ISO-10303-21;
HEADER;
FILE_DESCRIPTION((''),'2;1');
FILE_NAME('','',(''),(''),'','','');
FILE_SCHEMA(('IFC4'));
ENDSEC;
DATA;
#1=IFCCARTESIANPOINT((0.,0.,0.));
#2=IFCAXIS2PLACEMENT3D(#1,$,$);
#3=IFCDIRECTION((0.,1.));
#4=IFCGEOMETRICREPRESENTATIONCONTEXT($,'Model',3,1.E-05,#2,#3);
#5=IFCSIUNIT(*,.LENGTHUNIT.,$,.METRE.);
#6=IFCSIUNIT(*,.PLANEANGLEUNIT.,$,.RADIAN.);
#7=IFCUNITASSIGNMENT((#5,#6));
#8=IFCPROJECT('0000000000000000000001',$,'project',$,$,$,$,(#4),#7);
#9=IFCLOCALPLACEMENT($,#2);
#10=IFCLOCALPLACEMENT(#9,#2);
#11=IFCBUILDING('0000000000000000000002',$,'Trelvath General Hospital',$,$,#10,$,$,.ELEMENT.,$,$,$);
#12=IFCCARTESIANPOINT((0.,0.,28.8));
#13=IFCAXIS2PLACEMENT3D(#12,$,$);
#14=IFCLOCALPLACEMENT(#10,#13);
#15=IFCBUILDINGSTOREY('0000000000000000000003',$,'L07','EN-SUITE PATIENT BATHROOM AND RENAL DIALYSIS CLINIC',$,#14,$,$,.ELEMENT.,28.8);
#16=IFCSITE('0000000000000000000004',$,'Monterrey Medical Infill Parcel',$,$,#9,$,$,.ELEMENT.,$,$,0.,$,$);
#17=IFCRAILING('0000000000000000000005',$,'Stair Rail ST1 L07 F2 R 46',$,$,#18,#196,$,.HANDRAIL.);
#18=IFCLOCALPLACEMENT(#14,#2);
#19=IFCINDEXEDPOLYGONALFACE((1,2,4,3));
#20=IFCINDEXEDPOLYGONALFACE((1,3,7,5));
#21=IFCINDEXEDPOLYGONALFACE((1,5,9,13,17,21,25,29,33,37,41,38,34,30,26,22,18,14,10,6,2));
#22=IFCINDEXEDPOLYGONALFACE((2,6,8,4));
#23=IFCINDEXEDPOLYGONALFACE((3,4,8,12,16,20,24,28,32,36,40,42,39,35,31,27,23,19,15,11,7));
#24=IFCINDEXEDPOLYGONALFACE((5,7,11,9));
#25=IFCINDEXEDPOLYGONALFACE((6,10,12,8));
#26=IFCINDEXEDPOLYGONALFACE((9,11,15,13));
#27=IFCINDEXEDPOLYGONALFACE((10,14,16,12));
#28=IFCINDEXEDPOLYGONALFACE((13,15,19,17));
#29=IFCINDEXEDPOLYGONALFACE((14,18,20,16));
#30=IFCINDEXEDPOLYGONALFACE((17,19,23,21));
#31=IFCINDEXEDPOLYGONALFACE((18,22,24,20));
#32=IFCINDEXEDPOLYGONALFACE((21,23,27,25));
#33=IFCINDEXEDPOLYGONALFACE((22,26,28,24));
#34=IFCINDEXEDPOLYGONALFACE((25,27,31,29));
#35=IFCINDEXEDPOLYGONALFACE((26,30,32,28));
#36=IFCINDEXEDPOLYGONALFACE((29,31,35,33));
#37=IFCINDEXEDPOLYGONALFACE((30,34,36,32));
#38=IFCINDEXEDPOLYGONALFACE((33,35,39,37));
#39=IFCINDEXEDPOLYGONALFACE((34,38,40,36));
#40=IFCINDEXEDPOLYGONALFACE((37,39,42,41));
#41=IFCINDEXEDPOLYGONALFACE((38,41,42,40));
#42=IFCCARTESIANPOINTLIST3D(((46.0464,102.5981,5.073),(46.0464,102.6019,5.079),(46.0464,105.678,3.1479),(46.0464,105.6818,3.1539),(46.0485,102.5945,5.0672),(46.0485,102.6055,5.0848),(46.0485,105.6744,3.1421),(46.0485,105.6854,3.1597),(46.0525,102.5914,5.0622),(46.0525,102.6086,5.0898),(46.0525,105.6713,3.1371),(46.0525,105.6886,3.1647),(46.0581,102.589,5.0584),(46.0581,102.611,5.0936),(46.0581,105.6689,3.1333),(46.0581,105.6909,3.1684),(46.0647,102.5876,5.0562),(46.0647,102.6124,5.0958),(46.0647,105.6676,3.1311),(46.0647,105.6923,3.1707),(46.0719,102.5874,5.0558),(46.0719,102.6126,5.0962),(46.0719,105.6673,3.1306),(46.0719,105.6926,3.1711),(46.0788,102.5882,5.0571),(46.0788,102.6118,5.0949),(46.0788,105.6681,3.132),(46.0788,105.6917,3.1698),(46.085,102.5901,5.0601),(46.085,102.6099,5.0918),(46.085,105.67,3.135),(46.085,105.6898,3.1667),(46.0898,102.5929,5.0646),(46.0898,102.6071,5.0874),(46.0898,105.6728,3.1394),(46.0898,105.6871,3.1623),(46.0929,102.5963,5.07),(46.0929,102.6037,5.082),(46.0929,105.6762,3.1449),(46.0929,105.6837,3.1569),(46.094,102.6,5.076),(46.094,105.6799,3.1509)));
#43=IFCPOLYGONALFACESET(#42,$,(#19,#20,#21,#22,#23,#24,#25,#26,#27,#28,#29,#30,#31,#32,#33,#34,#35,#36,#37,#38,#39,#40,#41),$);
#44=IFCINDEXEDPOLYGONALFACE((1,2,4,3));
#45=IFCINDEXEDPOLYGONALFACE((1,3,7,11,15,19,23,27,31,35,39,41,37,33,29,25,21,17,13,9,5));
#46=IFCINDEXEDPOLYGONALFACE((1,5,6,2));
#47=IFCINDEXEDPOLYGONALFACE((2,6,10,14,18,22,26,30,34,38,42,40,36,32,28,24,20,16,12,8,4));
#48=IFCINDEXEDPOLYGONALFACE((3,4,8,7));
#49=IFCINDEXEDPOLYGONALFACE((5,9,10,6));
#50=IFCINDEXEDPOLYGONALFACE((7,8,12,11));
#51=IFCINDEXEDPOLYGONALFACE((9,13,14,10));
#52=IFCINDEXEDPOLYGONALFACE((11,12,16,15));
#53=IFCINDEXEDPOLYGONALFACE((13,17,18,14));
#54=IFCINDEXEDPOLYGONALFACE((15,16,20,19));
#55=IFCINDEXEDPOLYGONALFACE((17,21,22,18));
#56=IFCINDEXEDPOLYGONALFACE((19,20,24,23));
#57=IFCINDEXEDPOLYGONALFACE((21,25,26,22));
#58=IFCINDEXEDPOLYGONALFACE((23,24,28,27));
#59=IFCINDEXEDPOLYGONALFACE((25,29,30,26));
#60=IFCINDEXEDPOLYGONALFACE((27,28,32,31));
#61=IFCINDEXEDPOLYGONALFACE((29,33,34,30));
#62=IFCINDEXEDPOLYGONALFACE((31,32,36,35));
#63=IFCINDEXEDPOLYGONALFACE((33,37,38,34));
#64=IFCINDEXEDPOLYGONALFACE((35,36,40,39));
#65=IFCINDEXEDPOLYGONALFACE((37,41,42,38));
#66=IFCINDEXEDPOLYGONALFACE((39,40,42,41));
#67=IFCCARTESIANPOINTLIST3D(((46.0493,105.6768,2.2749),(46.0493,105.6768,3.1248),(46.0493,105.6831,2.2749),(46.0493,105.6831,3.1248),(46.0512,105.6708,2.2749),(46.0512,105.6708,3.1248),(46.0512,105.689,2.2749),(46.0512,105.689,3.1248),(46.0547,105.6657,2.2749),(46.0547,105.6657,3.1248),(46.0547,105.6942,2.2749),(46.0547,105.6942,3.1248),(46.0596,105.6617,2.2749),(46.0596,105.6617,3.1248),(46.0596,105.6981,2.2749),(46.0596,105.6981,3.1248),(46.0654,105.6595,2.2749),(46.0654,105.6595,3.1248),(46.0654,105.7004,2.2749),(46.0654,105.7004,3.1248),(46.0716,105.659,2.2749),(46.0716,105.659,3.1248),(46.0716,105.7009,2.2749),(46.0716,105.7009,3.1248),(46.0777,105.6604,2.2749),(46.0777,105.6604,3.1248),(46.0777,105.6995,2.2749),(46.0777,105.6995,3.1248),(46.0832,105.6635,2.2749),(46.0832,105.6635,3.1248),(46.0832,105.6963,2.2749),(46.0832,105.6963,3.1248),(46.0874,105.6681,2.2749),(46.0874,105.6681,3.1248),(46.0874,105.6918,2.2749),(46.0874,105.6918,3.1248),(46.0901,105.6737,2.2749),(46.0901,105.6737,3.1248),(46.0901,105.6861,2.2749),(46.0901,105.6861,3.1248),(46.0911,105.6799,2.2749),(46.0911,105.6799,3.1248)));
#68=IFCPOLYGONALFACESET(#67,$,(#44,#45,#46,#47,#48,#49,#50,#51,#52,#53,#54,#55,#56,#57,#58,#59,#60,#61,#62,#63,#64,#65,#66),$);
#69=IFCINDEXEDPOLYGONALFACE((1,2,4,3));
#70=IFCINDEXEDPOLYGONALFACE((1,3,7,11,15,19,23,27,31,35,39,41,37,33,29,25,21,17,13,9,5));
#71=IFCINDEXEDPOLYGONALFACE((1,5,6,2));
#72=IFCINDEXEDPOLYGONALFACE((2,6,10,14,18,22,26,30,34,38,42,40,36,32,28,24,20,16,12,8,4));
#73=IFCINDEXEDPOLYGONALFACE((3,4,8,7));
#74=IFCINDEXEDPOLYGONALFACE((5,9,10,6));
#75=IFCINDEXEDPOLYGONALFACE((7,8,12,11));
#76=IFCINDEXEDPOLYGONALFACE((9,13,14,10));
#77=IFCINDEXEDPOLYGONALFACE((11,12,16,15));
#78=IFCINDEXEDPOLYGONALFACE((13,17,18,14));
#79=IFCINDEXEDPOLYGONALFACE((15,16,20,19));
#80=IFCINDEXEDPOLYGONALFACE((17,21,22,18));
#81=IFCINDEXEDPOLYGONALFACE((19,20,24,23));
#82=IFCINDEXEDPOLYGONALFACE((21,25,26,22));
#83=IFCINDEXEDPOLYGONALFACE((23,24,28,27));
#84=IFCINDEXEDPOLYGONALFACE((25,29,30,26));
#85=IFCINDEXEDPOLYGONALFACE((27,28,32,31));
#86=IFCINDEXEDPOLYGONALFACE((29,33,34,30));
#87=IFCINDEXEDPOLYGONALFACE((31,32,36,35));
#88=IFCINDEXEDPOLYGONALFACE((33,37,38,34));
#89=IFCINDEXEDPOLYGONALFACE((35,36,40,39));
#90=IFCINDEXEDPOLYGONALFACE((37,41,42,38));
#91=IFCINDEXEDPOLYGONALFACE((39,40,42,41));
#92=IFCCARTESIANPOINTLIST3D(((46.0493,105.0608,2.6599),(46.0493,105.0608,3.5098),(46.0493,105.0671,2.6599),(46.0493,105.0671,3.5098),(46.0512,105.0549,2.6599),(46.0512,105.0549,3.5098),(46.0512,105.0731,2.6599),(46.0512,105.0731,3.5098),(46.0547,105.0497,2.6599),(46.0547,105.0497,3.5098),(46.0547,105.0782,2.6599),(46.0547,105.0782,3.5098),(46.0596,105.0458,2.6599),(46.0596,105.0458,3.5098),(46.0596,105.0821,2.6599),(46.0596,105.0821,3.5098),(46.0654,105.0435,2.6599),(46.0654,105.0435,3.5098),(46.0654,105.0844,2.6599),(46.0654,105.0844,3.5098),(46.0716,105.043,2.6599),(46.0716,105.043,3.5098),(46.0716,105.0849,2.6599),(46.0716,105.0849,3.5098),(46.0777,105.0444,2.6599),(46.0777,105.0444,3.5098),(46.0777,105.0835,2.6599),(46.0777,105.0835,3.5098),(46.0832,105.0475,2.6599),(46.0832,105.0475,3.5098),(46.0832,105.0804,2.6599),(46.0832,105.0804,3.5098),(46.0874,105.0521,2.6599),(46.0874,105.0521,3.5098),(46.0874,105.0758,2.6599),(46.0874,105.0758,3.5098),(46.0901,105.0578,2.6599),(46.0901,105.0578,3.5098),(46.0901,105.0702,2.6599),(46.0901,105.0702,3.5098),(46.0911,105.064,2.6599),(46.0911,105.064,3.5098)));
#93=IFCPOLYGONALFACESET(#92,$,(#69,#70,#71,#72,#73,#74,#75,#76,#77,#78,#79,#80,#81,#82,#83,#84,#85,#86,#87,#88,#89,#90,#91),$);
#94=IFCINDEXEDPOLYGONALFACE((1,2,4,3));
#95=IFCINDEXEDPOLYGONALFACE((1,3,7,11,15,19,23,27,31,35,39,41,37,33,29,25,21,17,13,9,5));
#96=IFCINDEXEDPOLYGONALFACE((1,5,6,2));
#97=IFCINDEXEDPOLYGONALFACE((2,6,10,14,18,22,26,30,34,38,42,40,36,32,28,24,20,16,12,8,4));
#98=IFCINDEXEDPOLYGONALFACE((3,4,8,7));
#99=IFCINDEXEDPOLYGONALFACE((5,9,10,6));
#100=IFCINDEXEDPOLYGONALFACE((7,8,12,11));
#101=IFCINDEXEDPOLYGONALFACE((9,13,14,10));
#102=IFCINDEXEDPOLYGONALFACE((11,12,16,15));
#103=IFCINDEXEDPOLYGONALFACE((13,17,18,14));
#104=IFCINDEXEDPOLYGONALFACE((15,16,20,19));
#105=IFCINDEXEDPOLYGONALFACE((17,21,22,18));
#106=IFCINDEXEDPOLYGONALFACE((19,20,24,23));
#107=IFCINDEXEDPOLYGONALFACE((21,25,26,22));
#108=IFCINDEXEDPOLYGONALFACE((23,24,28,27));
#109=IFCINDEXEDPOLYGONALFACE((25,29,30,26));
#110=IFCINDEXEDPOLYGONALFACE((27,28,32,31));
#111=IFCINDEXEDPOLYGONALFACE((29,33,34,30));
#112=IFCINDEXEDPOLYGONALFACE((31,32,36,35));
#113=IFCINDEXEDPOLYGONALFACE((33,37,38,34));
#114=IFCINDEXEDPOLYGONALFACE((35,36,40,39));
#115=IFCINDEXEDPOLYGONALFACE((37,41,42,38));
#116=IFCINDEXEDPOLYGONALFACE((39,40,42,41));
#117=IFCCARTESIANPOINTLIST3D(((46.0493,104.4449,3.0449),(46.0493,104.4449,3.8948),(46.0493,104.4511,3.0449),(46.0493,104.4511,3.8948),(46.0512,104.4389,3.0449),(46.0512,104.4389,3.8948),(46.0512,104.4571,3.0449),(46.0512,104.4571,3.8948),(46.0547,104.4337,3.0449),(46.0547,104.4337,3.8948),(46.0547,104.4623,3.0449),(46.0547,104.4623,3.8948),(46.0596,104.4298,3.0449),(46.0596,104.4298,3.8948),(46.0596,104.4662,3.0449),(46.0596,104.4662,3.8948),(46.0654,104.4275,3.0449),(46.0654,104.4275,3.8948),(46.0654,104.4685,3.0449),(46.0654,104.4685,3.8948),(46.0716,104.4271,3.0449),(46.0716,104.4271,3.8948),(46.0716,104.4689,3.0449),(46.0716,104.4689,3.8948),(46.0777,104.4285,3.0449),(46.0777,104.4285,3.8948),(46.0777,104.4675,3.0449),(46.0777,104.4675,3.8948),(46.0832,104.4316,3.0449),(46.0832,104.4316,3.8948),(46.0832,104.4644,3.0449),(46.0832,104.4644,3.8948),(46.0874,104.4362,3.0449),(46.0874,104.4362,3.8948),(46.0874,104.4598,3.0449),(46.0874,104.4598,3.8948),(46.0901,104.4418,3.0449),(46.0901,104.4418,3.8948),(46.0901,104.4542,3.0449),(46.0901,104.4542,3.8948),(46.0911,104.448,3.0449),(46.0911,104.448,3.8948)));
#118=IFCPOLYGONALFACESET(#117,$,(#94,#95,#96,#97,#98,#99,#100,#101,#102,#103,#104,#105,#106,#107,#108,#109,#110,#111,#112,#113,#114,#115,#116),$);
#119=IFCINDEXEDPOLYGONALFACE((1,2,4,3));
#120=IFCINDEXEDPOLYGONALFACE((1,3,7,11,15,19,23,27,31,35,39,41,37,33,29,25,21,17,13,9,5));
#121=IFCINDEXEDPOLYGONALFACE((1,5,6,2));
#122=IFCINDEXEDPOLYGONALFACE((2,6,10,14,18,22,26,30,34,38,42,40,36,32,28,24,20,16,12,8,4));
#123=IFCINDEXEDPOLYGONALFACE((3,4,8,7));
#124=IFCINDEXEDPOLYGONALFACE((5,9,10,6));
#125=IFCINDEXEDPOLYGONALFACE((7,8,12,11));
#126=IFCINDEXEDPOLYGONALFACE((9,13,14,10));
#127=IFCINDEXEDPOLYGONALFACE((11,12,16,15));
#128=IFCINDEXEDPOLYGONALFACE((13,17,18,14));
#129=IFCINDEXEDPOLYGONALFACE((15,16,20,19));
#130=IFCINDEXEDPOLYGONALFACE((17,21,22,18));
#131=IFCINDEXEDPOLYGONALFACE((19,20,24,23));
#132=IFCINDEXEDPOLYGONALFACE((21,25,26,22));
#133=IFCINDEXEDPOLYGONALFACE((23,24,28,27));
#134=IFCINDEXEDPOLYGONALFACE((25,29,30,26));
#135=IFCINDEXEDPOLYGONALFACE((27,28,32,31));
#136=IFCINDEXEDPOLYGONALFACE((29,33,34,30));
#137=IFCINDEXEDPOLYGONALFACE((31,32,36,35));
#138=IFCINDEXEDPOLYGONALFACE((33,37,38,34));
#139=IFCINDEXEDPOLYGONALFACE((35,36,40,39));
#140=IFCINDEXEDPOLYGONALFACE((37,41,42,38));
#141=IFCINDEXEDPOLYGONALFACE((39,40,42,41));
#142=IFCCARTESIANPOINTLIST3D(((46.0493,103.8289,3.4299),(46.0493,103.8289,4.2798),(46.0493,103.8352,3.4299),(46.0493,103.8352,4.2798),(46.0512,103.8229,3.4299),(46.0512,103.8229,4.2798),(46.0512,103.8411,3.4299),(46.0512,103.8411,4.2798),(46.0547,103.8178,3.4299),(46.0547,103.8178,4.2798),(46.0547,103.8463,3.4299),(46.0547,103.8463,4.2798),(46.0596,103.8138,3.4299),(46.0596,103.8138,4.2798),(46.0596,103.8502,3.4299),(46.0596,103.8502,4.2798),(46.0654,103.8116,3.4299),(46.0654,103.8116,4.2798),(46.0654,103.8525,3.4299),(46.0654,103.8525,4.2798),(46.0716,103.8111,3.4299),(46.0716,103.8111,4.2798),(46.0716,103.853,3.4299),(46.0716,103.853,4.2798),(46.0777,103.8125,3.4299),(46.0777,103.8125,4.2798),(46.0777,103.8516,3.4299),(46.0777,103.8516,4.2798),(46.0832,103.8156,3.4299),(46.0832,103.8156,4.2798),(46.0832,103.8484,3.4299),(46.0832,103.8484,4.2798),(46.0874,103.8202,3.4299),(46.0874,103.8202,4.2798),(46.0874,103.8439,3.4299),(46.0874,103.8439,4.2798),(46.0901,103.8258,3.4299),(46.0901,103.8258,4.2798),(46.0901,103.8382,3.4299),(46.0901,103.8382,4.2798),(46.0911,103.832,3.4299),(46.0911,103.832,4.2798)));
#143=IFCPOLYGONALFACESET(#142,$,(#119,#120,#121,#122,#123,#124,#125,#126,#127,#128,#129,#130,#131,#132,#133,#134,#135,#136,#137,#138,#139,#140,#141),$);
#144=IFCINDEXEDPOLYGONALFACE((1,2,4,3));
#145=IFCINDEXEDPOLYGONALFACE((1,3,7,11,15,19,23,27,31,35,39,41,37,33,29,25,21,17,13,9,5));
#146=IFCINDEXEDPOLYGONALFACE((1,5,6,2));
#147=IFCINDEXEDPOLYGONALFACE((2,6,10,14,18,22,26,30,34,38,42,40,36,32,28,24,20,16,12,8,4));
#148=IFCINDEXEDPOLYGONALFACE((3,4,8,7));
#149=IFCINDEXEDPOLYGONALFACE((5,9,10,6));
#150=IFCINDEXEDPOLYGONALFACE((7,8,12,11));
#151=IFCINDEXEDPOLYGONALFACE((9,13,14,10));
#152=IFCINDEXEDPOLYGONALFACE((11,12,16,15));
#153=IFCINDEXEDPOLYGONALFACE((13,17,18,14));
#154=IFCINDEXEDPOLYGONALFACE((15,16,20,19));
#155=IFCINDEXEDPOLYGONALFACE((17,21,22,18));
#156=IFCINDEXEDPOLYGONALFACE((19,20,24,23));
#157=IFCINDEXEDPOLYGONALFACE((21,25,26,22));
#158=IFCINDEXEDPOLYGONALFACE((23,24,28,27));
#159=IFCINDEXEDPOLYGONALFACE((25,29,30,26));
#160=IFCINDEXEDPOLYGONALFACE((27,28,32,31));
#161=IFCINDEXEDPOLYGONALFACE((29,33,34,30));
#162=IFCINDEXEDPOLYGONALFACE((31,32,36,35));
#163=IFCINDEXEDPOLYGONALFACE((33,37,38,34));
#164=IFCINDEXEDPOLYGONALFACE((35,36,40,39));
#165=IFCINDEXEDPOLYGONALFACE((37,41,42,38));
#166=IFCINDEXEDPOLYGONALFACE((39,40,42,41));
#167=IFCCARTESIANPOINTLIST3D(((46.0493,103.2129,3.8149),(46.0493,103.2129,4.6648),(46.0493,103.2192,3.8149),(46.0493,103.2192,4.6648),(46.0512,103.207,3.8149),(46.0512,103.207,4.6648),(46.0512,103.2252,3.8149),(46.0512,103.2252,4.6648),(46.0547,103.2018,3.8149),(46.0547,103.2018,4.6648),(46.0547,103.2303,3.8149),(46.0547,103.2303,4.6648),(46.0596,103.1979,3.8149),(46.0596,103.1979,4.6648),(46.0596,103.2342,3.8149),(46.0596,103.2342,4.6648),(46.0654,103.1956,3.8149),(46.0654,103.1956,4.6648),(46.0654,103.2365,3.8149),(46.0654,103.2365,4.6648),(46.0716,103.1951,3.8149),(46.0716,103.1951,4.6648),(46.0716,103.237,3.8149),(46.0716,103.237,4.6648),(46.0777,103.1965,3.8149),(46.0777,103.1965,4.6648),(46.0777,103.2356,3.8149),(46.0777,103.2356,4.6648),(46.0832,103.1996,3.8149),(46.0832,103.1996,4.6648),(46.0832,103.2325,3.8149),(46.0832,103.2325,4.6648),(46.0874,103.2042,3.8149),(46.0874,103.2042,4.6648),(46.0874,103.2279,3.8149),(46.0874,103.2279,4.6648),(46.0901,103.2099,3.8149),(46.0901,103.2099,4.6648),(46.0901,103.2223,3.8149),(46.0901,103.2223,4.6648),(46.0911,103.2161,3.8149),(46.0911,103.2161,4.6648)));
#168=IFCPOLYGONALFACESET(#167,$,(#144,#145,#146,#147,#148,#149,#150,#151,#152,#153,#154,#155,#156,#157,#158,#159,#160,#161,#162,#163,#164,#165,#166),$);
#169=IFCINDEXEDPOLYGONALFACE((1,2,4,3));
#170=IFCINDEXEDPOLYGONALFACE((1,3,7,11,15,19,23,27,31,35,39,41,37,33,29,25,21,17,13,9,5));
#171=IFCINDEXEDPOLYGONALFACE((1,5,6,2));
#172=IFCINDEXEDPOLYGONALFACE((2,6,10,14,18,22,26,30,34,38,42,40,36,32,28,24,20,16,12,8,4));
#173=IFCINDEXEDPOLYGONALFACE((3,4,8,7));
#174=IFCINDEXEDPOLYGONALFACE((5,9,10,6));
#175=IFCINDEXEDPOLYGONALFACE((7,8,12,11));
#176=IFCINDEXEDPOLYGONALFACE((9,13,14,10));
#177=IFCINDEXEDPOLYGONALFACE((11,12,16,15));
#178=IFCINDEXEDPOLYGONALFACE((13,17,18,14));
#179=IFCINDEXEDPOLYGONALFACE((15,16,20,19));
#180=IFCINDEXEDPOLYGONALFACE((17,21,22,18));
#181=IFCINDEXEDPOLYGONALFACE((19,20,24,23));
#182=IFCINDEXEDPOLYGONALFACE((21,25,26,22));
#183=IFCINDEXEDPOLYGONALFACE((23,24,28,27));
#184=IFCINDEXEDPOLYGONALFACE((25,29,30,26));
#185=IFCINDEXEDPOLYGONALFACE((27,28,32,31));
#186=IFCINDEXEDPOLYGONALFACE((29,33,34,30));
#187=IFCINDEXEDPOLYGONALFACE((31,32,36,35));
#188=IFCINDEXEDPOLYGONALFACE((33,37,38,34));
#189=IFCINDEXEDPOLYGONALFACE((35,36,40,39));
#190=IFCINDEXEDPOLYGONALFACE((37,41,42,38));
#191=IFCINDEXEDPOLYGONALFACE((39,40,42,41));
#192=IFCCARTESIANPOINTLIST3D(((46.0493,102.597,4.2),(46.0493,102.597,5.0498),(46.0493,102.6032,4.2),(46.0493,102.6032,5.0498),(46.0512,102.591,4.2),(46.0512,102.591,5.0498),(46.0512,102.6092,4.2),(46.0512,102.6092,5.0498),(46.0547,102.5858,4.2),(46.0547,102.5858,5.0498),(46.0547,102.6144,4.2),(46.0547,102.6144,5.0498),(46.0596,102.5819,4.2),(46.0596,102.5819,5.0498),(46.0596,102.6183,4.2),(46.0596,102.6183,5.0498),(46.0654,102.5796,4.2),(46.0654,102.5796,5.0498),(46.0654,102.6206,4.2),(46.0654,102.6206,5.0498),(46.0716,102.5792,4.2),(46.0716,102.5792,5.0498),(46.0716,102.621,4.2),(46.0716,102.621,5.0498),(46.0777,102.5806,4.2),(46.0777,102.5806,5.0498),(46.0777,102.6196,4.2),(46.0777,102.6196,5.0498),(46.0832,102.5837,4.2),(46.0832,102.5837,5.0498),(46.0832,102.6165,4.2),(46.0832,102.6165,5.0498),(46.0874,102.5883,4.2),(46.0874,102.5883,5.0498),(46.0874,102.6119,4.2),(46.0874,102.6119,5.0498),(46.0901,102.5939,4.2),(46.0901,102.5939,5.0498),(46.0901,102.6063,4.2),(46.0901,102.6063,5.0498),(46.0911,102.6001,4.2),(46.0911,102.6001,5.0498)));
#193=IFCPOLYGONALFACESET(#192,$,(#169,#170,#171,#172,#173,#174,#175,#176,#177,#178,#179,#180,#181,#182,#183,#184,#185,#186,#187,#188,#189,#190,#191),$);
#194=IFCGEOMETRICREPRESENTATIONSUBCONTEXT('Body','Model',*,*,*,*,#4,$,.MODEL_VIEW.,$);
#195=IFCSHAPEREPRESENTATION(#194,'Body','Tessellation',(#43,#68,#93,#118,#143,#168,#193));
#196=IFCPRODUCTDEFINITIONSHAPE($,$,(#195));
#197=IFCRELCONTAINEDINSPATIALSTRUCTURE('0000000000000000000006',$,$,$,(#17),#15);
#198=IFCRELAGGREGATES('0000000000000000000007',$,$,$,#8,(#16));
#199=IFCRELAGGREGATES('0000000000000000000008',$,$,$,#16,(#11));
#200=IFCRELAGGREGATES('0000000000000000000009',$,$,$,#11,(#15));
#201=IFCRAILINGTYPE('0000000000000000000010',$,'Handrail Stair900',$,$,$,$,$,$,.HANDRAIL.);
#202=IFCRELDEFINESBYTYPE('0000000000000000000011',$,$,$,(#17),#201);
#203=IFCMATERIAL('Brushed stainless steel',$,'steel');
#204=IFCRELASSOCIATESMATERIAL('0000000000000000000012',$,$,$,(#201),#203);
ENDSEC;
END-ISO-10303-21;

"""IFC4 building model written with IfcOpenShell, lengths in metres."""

from ifc_helpers import new_model, si_unit, direction, frame, origin, origin_2d, place, context, subcontext, project, spatial, circle, extrude, material, type_object, element, save


model = new_model("IFC4")

# Units and contexts
model_context = context("Model", 3, precision=1e-05, world=origin(), true_north=direction((0.0, 1.0)))
body_context = subcontext(model_context, "Body", "Model", "MODEL_VIEW")
ifc_project = project(units=[si_unit("LENGTHUNIT", "METRE"), si_unit("PLANEANGLEUNIT", "RADIAN")], contexts=[model_context])

# Site, building, storey
site_placement = place(None, origin())
site = spatial("IfcSite", under=ifc_project, at=site_placement, Name="Monterrey Medical Infill Parcel", CompositionType="ELEMENT", RefElevation=0.0)
building_placement = place(site_placement, origin())
building = spatial("IfcBuilding", under=site, at=building_placement, Name="Trelvath General Hospital", CompositionType="ELEMENT")
storey_placement = place(building_placement, frame((0.0, 0.0, 28.8)))
storey = spatial("IfcBuildingStorey", under=building, at=storey_placement, Name="L07", Description="EN-SUITE PATIENT BATHROOM AND RENAL DIALYSIS CLINIC", CompositionType="ELEMENT", Elevation=28.8)

# Railing
ifc_material_1 = material(Name="Brushed stainless steel", Category="steel")
railing_type_1 = type_object("IfcRailingType", Name="Handrail Stair900", PredefinedType="HANDRAIL", material=ifc_material_1)
railing_1_placement = place(storey_placement, frame((46.0701, 105.6799, 2.2749)))
element("IfcRailing", 1, at=railing_1_placement, inside=storey, type_object=railing_type_1, Name="Stair Rail ST1 L07 F2 R 46", PredefinedType="HANDRAIL", context=body_context, shape_type="SweptSolid", body=[
    extrude(circle(Radius=0.0239, at=origin_2d()), frame((0.0, 0.0, 0.876), z_axis=(0.0, -0.847979, 0.530029), x_axis=(1.0, 0.0, 0.0)), (0.0, 0.0, 1.0), 3.6321),
    extrude(circle(Radius=0.021, at=origin_2d()), origin(), (0.0, 0.0, 1.0), 0.8499),
    extrude(circle(Radius=0.021, at=origin_2d()), frame((0.0, -0.616, 0.385)), (0.0, 0.0, 1.0), 0.8499),
    extrude(circle(Radius=0.021, at=origin_2d()), frame((0.0, -1.2319, 0.77)), (0.0, 0.0, 1.0), 0.8499),
    extrude(circle(Radius=0.021, at=origin_2d()), frame((0.0, -1.8479, 1.155)), (0.0, 0.0, 1.0), 0.8499),
    extrude(circle(Radius=0.021, at=origin_2d()), frame((0.0, -2.4639, 1.54)), (0.0, 0.0, 1.0), 0.8499),
    extrude(circle(Radius=0.021, at=origin_2d()), frame((0.0, -3.0798, 1.925)), (0.0, 0.0, 1.0), 0.8499),
])

save(model, "model.ifc")
